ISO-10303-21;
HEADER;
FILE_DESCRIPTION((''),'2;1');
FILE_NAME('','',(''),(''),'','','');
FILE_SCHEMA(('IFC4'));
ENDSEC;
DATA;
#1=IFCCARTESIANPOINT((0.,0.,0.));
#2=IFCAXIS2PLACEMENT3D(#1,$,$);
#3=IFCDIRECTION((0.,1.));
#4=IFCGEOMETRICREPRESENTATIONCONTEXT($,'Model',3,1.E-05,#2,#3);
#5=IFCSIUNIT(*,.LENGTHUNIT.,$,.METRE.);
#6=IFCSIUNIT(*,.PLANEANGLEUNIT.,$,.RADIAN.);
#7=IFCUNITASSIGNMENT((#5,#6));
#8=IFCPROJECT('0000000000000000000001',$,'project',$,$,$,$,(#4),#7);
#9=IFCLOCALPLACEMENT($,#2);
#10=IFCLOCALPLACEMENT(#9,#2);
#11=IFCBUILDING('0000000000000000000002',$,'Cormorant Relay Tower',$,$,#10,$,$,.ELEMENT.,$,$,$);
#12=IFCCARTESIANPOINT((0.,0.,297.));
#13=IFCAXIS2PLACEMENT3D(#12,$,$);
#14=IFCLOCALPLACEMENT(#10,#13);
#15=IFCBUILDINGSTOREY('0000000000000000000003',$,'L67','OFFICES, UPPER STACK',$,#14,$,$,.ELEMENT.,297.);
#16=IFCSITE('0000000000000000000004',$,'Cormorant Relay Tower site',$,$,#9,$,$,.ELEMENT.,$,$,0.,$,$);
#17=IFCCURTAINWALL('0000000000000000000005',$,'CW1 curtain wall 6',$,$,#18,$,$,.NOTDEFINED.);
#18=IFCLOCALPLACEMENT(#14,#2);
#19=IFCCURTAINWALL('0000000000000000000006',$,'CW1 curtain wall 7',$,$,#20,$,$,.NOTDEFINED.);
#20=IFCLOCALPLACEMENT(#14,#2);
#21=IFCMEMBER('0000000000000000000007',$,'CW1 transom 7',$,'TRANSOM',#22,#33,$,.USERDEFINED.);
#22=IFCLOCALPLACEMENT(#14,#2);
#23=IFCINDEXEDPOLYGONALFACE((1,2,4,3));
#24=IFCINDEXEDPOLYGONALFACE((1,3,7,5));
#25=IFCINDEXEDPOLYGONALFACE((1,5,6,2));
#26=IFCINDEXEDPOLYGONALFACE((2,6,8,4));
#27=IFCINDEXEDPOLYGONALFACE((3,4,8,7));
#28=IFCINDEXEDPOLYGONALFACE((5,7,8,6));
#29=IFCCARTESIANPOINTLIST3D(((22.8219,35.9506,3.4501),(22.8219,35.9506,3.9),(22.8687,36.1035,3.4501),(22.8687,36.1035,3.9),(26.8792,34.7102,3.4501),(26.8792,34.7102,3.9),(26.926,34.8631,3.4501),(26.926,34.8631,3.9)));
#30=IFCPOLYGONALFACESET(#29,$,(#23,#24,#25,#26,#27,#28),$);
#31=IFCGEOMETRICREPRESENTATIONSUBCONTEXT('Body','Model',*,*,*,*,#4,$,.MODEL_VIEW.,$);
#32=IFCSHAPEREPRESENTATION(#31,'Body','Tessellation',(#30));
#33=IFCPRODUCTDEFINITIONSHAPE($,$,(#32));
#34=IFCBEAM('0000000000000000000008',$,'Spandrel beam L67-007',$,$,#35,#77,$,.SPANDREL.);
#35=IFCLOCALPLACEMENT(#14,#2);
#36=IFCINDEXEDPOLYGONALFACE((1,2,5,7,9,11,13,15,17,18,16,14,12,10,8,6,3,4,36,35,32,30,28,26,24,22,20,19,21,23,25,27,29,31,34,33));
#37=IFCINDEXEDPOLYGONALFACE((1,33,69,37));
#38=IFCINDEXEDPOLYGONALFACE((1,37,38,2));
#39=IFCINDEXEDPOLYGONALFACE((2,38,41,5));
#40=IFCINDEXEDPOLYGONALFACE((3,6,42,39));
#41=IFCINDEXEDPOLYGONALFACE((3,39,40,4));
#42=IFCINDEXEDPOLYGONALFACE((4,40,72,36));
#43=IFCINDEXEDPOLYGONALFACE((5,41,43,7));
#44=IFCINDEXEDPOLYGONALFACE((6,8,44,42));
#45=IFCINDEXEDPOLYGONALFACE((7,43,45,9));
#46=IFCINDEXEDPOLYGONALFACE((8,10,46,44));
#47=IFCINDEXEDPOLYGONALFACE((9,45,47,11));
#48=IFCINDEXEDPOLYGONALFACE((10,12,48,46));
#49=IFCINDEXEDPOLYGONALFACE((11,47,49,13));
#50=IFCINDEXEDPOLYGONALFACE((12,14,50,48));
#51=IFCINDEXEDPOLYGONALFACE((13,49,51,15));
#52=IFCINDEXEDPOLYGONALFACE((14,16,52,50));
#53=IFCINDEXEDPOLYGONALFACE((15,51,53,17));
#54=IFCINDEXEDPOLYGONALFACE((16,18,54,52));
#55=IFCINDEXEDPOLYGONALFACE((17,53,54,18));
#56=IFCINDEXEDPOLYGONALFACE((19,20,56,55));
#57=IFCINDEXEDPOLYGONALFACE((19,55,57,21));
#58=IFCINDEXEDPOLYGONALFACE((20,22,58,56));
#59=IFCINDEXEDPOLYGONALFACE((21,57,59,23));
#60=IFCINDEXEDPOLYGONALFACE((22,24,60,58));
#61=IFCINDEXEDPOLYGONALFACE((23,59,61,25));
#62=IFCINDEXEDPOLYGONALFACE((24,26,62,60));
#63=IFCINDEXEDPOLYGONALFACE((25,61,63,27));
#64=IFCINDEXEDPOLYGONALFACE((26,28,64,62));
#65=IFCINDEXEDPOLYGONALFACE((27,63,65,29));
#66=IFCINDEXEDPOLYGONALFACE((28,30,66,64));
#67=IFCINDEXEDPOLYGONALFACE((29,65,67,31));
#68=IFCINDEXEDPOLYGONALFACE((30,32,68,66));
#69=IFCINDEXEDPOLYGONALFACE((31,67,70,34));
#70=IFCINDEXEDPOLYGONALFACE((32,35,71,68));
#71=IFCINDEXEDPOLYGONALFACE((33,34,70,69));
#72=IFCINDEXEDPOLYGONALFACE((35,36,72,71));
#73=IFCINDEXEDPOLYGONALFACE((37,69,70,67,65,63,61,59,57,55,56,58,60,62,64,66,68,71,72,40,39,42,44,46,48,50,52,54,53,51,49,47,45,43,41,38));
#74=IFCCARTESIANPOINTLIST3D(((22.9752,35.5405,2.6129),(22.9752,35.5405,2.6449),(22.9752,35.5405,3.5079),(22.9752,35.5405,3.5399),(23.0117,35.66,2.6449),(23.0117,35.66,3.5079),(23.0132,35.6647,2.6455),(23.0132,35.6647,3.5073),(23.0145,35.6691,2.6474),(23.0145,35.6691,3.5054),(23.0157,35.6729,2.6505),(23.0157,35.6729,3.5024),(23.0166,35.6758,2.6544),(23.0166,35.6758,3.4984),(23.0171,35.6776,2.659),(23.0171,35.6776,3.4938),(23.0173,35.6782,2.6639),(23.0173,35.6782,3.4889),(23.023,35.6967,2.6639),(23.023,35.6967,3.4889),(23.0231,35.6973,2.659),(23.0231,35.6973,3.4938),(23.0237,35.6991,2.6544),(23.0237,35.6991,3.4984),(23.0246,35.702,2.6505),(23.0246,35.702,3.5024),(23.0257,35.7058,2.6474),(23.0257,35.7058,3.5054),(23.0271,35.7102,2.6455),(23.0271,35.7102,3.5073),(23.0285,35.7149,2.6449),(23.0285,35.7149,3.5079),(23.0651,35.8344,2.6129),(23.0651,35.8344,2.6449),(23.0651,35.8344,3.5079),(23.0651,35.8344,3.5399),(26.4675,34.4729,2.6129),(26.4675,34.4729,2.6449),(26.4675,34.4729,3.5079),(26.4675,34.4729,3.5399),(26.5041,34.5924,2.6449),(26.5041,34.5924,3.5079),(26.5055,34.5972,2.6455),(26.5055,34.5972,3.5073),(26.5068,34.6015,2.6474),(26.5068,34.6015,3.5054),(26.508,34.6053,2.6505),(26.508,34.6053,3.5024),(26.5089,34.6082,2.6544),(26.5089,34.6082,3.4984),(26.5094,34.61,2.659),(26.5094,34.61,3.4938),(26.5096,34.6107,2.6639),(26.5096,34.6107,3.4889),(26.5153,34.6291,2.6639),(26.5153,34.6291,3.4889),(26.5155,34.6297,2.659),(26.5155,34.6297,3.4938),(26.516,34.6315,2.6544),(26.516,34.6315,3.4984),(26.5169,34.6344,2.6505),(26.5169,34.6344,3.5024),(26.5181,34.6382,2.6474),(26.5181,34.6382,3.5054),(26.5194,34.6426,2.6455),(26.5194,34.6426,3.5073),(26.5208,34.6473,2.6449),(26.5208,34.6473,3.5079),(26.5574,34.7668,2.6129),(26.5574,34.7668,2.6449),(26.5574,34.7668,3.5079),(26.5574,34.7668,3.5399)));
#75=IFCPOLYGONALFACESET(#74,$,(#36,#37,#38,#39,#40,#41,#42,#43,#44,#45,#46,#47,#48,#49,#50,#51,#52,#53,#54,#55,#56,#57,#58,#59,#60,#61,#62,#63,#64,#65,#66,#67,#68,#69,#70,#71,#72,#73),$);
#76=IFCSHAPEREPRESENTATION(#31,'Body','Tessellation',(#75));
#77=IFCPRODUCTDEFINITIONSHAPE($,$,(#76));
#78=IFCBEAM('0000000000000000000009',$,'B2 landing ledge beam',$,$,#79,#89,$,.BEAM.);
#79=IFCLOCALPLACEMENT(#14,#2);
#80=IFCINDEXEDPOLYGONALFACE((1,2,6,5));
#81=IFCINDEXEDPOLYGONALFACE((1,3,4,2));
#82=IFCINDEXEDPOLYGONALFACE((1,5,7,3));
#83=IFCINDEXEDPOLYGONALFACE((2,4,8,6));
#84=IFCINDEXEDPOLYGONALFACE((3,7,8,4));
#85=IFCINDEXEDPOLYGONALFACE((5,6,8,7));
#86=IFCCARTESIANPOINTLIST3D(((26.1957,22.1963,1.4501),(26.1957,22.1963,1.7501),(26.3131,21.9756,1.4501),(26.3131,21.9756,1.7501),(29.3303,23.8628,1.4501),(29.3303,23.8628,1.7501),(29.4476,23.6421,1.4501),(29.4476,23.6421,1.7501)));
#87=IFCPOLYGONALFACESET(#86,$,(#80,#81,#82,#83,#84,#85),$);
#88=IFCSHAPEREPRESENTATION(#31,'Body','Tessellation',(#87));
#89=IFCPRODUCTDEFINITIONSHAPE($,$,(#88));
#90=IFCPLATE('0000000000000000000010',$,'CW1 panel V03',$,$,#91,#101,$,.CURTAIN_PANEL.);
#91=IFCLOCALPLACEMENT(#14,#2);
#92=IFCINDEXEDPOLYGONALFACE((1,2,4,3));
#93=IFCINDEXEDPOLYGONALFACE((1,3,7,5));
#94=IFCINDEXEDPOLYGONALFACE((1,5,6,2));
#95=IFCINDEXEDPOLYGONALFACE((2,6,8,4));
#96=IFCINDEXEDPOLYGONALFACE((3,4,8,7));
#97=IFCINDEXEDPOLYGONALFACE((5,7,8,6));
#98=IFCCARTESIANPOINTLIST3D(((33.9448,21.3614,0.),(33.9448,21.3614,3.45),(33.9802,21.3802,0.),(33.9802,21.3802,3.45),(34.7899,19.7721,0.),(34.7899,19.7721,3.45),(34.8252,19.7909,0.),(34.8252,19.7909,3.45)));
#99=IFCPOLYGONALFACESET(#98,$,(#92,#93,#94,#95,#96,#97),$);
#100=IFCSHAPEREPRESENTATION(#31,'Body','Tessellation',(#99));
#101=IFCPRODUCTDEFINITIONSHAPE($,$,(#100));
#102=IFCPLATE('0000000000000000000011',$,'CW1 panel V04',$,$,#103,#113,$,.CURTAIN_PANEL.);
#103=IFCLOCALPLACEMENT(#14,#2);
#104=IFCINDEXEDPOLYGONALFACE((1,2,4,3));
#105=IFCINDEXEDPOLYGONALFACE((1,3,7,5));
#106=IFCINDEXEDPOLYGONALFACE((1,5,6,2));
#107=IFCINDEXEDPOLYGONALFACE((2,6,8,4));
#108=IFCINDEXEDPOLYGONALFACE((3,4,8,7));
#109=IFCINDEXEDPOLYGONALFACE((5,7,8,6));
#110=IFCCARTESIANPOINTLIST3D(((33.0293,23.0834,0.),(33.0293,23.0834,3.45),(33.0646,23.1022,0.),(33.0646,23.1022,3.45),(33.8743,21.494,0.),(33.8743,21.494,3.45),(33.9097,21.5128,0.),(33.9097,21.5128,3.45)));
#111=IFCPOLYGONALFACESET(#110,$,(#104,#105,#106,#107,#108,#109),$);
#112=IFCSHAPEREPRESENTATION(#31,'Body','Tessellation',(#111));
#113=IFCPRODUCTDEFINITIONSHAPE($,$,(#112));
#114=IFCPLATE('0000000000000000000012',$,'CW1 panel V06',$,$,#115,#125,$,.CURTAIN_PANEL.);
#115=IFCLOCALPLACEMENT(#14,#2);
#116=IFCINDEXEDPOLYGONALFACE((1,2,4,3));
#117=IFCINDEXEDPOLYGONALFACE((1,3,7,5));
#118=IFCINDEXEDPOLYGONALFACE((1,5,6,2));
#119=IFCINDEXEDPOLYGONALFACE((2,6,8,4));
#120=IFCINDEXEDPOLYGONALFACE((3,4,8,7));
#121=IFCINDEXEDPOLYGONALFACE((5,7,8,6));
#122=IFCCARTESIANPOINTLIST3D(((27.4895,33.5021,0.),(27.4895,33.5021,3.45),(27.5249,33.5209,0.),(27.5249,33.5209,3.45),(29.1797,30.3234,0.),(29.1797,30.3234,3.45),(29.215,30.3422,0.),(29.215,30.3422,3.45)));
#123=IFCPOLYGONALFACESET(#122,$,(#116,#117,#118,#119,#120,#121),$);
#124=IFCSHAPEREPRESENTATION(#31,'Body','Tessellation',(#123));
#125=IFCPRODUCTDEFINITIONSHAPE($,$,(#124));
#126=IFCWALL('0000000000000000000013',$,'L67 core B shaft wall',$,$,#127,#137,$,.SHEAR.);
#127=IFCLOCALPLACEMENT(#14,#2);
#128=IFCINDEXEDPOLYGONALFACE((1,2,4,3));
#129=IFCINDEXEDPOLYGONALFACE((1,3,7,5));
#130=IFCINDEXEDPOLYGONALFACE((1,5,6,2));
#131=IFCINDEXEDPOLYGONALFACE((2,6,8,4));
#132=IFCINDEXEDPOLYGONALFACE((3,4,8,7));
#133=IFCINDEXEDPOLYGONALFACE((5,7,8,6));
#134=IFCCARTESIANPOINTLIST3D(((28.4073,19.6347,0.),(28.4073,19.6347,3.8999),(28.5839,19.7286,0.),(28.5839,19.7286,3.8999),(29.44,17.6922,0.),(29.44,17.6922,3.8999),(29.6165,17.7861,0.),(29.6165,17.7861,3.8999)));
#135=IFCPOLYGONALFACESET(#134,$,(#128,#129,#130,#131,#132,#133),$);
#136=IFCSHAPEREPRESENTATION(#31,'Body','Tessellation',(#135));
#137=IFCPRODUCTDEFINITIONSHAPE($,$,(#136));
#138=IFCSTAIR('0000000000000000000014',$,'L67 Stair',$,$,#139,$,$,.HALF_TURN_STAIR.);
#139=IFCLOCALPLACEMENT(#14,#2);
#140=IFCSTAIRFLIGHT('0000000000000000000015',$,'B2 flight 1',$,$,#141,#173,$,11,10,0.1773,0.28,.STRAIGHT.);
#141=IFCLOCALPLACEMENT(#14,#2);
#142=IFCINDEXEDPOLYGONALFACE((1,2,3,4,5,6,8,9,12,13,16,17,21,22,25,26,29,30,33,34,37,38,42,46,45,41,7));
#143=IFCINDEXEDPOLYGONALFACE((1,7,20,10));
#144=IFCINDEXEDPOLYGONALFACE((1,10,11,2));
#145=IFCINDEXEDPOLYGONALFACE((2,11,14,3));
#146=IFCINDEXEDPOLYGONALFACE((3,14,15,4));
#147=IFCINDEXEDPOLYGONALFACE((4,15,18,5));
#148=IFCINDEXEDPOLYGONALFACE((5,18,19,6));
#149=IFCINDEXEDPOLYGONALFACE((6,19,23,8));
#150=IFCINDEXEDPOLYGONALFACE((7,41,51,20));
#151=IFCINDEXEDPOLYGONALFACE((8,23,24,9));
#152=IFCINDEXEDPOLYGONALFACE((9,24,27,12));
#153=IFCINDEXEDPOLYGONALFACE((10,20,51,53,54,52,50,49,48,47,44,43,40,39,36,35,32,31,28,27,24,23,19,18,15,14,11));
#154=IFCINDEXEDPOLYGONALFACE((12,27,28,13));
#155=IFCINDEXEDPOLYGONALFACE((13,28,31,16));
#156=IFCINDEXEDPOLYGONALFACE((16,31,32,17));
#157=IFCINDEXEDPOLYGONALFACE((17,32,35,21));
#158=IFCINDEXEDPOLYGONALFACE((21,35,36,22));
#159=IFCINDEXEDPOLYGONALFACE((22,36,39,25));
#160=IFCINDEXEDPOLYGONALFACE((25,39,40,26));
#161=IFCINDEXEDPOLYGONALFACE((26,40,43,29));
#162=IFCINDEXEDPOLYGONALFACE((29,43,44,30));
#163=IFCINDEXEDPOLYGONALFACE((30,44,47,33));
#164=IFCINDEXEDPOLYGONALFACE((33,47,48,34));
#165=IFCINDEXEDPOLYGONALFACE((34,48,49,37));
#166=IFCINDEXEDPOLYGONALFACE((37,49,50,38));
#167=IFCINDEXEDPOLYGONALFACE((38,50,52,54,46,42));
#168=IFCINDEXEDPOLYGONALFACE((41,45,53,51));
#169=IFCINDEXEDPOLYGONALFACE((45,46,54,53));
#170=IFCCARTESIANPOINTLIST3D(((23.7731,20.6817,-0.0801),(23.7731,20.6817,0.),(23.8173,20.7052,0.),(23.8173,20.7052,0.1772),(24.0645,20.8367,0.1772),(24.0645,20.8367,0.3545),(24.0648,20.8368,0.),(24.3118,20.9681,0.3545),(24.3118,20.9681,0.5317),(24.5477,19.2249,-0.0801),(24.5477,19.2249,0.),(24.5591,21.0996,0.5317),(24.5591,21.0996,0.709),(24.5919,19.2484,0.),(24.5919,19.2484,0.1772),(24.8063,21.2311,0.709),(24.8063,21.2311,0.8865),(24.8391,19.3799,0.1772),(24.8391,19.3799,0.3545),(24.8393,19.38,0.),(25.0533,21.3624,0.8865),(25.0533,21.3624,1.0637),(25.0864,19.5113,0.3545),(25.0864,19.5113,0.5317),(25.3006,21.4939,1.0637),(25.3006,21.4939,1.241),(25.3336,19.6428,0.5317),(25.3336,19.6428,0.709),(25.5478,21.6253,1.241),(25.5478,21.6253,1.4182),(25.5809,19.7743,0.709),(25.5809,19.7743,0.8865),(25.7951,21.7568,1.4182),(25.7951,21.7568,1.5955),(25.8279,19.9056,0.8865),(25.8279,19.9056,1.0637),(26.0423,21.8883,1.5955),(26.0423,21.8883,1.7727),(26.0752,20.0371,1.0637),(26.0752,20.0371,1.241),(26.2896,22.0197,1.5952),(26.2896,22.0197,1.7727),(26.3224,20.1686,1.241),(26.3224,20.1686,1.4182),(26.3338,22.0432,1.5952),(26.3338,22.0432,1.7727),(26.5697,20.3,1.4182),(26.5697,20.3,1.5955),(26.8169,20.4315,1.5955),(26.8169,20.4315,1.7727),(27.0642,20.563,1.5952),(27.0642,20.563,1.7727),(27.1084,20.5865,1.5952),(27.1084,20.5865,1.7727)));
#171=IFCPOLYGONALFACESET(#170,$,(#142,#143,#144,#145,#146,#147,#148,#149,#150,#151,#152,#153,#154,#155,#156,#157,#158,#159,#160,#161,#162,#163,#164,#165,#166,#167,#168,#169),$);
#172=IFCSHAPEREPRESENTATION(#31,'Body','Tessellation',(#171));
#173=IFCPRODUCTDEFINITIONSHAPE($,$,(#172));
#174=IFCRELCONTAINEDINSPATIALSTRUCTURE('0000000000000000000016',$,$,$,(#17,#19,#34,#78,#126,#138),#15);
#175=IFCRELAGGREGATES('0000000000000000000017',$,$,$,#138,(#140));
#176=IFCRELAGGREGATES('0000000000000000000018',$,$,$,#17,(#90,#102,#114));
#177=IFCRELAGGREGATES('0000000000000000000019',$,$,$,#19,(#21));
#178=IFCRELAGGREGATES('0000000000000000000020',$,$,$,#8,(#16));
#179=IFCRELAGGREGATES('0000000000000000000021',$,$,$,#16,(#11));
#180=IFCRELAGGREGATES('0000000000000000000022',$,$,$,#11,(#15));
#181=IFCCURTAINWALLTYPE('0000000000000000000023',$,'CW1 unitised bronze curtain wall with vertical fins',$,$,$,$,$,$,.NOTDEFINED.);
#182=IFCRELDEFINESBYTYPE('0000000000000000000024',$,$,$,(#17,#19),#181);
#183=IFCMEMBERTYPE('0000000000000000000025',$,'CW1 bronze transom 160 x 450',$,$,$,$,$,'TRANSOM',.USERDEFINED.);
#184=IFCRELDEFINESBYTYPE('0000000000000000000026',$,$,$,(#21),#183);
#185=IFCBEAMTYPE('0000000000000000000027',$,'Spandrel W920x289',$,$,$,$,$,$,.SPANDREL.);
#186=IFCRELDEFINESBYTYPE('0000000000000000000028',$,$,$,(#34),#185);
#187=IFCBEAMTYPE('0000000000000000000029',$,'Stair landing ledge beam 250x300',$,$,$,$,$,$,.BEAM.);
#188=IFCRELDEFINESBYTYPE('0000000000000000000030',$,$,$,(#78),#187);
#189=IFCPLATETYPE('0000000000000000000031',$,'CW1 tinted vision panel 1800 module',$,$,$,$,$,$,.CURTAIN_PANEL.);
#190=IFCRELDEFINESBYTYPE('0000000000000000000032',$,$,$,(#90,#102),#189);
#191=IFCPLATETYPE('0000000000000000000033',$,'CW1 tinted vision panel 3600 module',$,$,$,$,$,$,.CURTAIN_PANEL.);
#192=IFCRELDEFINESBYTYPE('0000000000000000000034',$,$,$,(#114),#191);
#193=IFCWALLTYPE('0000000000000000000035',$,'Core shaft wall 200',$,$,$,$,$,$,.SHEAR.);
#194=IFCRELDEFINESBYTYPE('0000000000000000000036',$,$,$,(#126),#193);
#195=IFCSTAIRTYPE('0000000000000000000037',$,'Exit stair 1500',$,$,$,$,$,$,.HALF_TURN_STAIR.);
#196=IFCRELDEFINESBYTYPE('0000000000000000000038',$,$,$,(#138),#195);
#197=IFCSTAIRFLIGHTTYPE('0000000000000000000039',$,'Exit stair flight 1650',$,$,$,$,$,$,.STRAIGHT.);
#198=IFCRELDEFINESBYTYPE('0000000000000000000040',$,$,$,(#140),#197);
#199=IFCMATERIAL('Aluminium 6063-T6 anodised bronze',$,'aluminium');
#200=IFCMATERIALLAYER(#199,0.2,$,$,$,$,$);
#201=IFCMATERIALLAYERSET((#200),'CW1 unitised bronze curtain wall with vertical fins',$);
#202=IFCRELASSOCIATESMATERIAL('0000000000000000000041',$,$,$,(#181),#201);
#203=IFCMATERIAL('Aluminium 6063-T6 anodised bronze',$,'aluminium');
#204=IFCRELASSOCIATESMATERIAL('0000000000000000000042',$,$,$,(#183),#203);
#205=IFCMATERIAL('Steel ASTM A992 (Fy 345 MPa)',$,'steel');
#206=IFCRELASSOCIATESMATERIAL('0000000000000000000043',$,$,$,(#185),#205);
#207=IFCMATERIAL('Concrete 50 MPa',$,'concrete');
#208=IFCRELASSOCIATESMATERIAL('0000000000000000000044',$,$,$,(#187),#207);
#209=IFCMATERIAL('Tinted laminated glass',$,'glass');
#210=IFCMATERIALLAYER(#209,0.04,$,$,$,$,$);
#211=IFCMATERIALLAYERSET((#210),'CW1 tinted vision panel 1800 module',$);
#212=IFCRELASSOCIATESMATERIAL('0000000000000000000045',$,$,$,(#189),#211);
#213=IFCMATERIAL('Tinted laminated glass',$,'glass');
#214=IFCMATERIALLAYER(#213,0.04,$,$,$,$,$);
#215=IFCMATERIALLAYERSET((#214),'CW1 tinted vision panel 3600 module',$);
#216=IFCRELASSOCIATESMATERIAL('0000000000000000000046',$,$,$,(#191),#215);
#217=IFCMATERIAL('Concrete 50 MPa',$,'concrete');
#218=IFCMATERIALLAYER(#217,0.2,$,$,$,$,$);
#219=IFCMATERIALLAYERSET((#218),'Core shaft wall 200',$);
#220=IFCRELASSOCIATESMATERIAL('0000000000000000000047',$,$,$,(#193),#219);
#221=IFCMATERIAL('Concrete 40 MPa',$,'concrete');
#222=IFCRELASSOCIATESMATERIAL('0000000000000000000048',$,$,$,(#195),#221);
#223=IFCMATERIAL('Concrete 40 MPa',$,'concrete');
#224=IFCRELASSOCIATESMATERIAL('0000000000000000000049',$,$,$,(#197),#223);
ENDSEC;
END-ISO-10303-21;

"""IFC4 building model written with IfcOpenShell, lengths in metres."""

from ifc_helpers import new_model, si_unit, direction, frame, frame_2d, origin, origin_2d, place, context, subcontext, project, spatial, polyline, rectangle, i_section, outline, extrude, material, layer, layer_set, material_profile, profile_set, type_object, element, aggregate, save


model = new_model("IFC4")

# Units and contexts
model_context = context("Model", 3, precision=1e-05, world=origin(), true_north=direction((0.0, 1.0)))
body_context = subcontext(model_context, "Body", "Model", "MODEL_VIEW")
ifc_project = project(units=[si_unit("LENGTHUNIT", "METRE"), si_unit("PLANEANGLEUNIT", "RADIAN")], contexts=[model_context])

# Site, building, storey
site_placement = place(None, origin())
site = spatial("IfcSite", under=ifc_project, at=site_placement, Name="Cormorant Relay Tower site", CompositionType="ELEMENT", RefElevation=0.0)
building_placement = place(site_placement, origin())
building = spatial("IfcBuilding", under=site, at=building_placement, Name="Cormorant Relay Tower", CompositionType="ELEMENT")
storey_placement = place(building_placement, frame((0.0, 0.0, 297.0)))
storey = spatial("IfcBuildingStorey", under=building, at=storey_placement, Name="L67", Description="OFFICES, UPPER STACK", CompositionType="ELEMENT", Elevation=297.0)

# Curtain walls, member
ifc_material_1 = material(Name="Aluminium 6063-T6 anodised bronze", Category="aluminium")
ifc_layer_1 = layer(ifc_material_1, 0.2)
ifc_layer_set_1 = layer_set([ifc_layer_1], Name="CW1 unitised bronze curtain wall with vertical fins")
curtain_wall_type = type_object("IfcCurtainWallType", Name="CW1 unitised bronze curtain wall with vertical fins", PredefinedType="NOTDEFINED", material=ifc_layer_set_1)
curtain_wall_1_placement = place(storey_placement, origin())
curtain_wall_1 = element("IfcCurtainWall", 1, at=curtain_wall_1_placement, inside=storey, type_object=curtain_wall_type, Name="CW1 curtain wall 6", PredefinedType="NOTDEFINED")
curtain_wall_2_placement = place(storey_placement, origin())
curtain_wall_2 = element("IfcCurtainWall", 2, at=curtain_wall_2_placement, inside=storey, type_object=curtain_wall_type, Name="CW1 curtain wall 7", PredefinedType="NOTDEFINED")
ifc_material_2 = material(Name="Aluminium 6063-T6 anodised bronze", Category="aluminium")
ifc_material_profile_1 = material_profile(ifc_material_2, rectangle(XDim=0.1599, YDim=0.45, at=origin_2d()), Name="AL 160x450")
ifc_profile_set_1 = profile_set([ifc_material_profile_1], Name="Aluminium 6063-T6 anodised bronze")
member_type_1 = type_object("IfcMemberType", Name="CW1 bronze transom 160 x 450", ElementType="TRANSOM", PredefinedType="USERDEFINED", material=ifc_profile_set_1)
member_1_placement = place(storey_placement, frame((26.9026, 34.7866, 3.675), z_axis=(-0.956304, 0.292375, 0.0), x_axis=(-0.292375, -0.956304, 0.0)))
member_1 = element("IfcMember", 3, at=member_1_placement, type_object=member_type_1, Name="CW1 transom 7", ObjectType="TRANSOM", PredefinedType="USERDEFINED", context=body_context, shape_type="SweptSolid", body=[
    extrude(rectangle(XDim=0.1599, YDim=0.45, at=origin_2d()), origin(), (0.0, 0.0, 1.0), 4.2427),
])

# Beams
ifc_material_3 = material(Name="Steel ASTM A992 (Fy 345 MPa)", Category="steel")
ifc_material_profile_2 = material_profile(ifc_material_3, i_section(OverallWidth=0.3074, OverallDepth=0.927, WebThickness=0.0193, FlangeThickness=0.032, FilletRadius=0.019, at=origin_2d()), Name="W920x289")
ifc_profile_set_2 = profile_set([ifc_material_profile_2], Name="Steel ASTM A992 (Fy 345 MPa)")
beam_type_1 = type_object("IfcBeamType", Name="Spandrel W920x289", PredefinedType="SPANDREL", material=ifc_profile_set_2)
beam_1_placement = place(storey_placement, frame((26.5125, 34.6199, 3.0764), z_axis=(-0.956314, 0.292343, 0.0), x_axis=(-0.292343, -0.956314, 0.0)))
element("IfcBeam", 4, at=beam_1_placement, inside=storey, type_object=beam_type_1, Name="Spandrel beam L67-007", PredefinedType="SPANDREL", context=body_context, shape_type="SweptSolid", body=[
    extrude(i_section(OverallWidth=0.3074, OverallDepth=0.927, WebThickness=0.0193, FlangeThickness=0.032, FilletRadius=0.019, at=origin_2d()), origin(), (0.0, 0.0, 1.0), 3.6519),
])
ifc_material_4 = material(Name="Concrete 50 MPa", Category="concrete")
ifc_material_profile_3 = material_profile(ifc_material_4, rectangle(XDim=0.25, YDim=0.3, at=origin_2d()), Name="RC 250x300")
ifc_profile_set_3 = profile_set([ifc_material_profile_3], Name="Concrete 50 MPa")
beam_type_2 = type_object("IfcBeamType", Name="Stair landing ledge beam 250x300", PredefinedType="BEAM", material=ifc_profile_set_3)
beam_2_placement = place(storey_placement, frame((26.2544, 22.0859, 1.6001), z_axis=(0.882965, 0.469438, 0.0), x_axis=(-0.469438, 0.882965, 0.0)))
element("IfcBeam", 5, at=beam_2_placement, inside=storey, type_object=beam_type_2, Name="B2 landing ledge beam", PredefinedType="BEAM", context=body_context, shape_type="SweptSolid", body=[
    extrude(rectangle(XDim=0.25, YDim=0.3, at=origin_2d()), origin(), (0.0, 0.0, 1.0), 3.55),
])

# Plates
ifc_material_5 = material(Name="Tinted laminated glass", Category="glass")
ifc_layer_2 = layer(ifc_material_5, 0.04)
ifc_layer_set_2 = layer_set([ifc_layer_2], Name="CW1 tinted vision panel 1800 module")
plate_type_1 = type_object("IfcPlateType", Name="CW1 tinted vision panel 1800 module", PredefinedType="CURTAIN_PANEL", material=ifc_layer_set_2)
plate_1_placement = place(storey_placement, frame((34.385, 20.5762, 0.0), z_axis=(0.0, 0.0, 1.0), x_axis=(-0.469472, 0.882948, 0.0)))
plate_1 = element("IfcPlate", 6, at=plate_1_placement, type_object=plate_type_1, Name="CW1 panel V03", PredefinedType="CURTAIN_PANEL", context=body_context, shape_type="SweptSolid", body=[
    extrude(rectangle(XDim=1.8, YDim=0.04, at=origin_2d()), origin(), (0.0, 0.0, 1.0), 3.45),
])
plate_2_placement = place(storey_placement, frame((33.4695, 22.2981, 0.0), z_axis=(0.0, 0.0, 1.0), x_axis=(-0.469472, 0.882948, 0.0)))
plate_2 = element("IfcPlate", 7, at=plate_2_placement, type_object=plate_type_1, Name="CW1 panel V04", PredefinedType="CURTAIN_PANEL", context=body_context, shape_type="SweptSolid", body=[
    extrude(rectangle(XDim=1.8, YDim=0.04, at=origin_2d()), origin(), (0.0, 0.0, 1.0), 3.45),
])
ifc_material_6 = material(Name="Tinted laminated glass", Category="glass")
ifc_layer_3 = layer(ifc_material_6, 0.04)
ifc_layer_set_3 = layer_set([ifc_layer_3], Name="CW1 tinted vision panel 3600 module")
plate_type_2 = type_object("IfcPlateType", Name="CW1 tinted vision panel 3600 module", PredefinedType="CURTAIN_PANEL", material=ifc_layer_set_3)
plate_3_placement = place(storey_placement, frame((28.3523, 31.9221, 0.0), z_axis=(0.0, 0.0, 1.0), x_axis=(-0.469472, 0.882948, 0.0)))
plate_3 = element("IfcPlate", 8, at=plate_3_placement, type_object=plate_type_2, Name="CW1 panel V06", PredefinedType="CURTAIN_PANEL", context=body_context, shape_type="SweptSolid", body=[
    extrude(rectangle(XDim=3.6001, YDim=0.04, at=origin_2d()), origin(), (0.0, 0.0, 1.0), 3.45),
])

# Wall
ifc_material_7 = material(Name="Concrete 50 MPa", Category="concrete")
ifc_layer_4 = layer(ifc_material_7, 0.2)
ifc_layer_set_4 = layer_set([ifc_layer_4], Name="Core shaft wall 200")
wall_type = type_object("IfcWallType", Name="Core shaft wall 200", PredefinedType="SHEAR", material=ifc_layer_set_4)
wall_placement = place(storey_placement, frame((29.5283, 17.739, 0.0), z_axis=(0.0, 0.0, 1.0), x_axis=(-0.469401, 0.882985, 0.0)))
element("IfcWall", 9, at=wall_placement, inside=storey, type_object=wall_type, Name="L67 core B shaft wall", PredefinedType="SHEAR", context=body_context, shape_type="SweptSolid", body=[
    extrude(rectangle(XDim=2.2, YDim=0.2, at=frame_2d((1.1001, 0.0))), origin(), (0.0, 0.0, 1.0), 3.8999),
])

# Stair, stair flight
ifc_material_8 = material(Name="Concrete 40 MPa", Category="concrete")
stair_type = type_object("IfcStairType", Name="Exit stair 1500", PredefinedType="HALF_TURN_STAIR", material=ifc_material_8)
stair_placement = place(storey_placement, origin())
stair = element("IfcStair", 10, at=stair_placement, inside=storey, type_object=stair_type, Name="L67 Stair", PredefinedType="HALF_TURN_STAIR")
ifc_material_9 = material(Name="Concrete 40 MPa", Category="concrete")
stair_flight_type = type_object("IfcStairFlightType", Name="Exit stair flight 1650", PredefinedType="STRAIGHT", material=ifc_material_9)
stair_flight_1_placement = place(storey_placement, frame((24.2046, 19.9768, 0.0), z_axis=(0.0, 0.0, 1.0), x_axis=(0.882948, 0.469472, 0.0)))
stair_flight_1 = element("IfcStairFlight", 11, at=stair_flight_1_placement, type_object=stair_flight_type, Name="B2 flight 1", NumberOfRisers=11, NumberOfTreads=10, PredefinedType="STRAIGHT", RiserHeight=0.1773, TreadLength=0.28, context=body_context, shape_type="SweptSolid", body=[
    extrude(outline(polyline([(-0.05, -0.0801), (-0.05, 0.0), (0.0, 0.0), (0.0, 0.1772), (0.28, 0.1772), (0.28, 0.3545), (0.5601, 0.3545), (0.5601, 0.5317), (0.8401, 0.5317), (0.8401, 0.709), (1.1201, 0.709), (1.1201, 0.8865), (1.3999, 0.8865), (1.3999, 1.0637), (1.6799, 1.0637), (1.6799, 1.241), (1.96, 1.241), (1.96, 1.4182), (2.24, 1.4182), (2.24, 1.5955), (2.52, 1.5955), (2.52, 1.7727), (2.8, 1.7727), (2.8501, 1.7727), (2.8501, 1.5952), (2.8, 1.5952), (0.2803, 0.0), (-0.05, -0.0801)])), frame((0.0, 0.825, 0.0), z_axis=(0.0, -1.0, 0.0), x_axis=(1.0, 0.0, 0.0)), (0.0, 0.0, 1.0), 1.6499),
])
aggregate(stair, [stair_flight_1])

aggregate(curtain_wall_1, [plate_1, plate_2, plate_3])
aggregate(curtain_wall_2, [member_1])

save(model, "model.ifc")
